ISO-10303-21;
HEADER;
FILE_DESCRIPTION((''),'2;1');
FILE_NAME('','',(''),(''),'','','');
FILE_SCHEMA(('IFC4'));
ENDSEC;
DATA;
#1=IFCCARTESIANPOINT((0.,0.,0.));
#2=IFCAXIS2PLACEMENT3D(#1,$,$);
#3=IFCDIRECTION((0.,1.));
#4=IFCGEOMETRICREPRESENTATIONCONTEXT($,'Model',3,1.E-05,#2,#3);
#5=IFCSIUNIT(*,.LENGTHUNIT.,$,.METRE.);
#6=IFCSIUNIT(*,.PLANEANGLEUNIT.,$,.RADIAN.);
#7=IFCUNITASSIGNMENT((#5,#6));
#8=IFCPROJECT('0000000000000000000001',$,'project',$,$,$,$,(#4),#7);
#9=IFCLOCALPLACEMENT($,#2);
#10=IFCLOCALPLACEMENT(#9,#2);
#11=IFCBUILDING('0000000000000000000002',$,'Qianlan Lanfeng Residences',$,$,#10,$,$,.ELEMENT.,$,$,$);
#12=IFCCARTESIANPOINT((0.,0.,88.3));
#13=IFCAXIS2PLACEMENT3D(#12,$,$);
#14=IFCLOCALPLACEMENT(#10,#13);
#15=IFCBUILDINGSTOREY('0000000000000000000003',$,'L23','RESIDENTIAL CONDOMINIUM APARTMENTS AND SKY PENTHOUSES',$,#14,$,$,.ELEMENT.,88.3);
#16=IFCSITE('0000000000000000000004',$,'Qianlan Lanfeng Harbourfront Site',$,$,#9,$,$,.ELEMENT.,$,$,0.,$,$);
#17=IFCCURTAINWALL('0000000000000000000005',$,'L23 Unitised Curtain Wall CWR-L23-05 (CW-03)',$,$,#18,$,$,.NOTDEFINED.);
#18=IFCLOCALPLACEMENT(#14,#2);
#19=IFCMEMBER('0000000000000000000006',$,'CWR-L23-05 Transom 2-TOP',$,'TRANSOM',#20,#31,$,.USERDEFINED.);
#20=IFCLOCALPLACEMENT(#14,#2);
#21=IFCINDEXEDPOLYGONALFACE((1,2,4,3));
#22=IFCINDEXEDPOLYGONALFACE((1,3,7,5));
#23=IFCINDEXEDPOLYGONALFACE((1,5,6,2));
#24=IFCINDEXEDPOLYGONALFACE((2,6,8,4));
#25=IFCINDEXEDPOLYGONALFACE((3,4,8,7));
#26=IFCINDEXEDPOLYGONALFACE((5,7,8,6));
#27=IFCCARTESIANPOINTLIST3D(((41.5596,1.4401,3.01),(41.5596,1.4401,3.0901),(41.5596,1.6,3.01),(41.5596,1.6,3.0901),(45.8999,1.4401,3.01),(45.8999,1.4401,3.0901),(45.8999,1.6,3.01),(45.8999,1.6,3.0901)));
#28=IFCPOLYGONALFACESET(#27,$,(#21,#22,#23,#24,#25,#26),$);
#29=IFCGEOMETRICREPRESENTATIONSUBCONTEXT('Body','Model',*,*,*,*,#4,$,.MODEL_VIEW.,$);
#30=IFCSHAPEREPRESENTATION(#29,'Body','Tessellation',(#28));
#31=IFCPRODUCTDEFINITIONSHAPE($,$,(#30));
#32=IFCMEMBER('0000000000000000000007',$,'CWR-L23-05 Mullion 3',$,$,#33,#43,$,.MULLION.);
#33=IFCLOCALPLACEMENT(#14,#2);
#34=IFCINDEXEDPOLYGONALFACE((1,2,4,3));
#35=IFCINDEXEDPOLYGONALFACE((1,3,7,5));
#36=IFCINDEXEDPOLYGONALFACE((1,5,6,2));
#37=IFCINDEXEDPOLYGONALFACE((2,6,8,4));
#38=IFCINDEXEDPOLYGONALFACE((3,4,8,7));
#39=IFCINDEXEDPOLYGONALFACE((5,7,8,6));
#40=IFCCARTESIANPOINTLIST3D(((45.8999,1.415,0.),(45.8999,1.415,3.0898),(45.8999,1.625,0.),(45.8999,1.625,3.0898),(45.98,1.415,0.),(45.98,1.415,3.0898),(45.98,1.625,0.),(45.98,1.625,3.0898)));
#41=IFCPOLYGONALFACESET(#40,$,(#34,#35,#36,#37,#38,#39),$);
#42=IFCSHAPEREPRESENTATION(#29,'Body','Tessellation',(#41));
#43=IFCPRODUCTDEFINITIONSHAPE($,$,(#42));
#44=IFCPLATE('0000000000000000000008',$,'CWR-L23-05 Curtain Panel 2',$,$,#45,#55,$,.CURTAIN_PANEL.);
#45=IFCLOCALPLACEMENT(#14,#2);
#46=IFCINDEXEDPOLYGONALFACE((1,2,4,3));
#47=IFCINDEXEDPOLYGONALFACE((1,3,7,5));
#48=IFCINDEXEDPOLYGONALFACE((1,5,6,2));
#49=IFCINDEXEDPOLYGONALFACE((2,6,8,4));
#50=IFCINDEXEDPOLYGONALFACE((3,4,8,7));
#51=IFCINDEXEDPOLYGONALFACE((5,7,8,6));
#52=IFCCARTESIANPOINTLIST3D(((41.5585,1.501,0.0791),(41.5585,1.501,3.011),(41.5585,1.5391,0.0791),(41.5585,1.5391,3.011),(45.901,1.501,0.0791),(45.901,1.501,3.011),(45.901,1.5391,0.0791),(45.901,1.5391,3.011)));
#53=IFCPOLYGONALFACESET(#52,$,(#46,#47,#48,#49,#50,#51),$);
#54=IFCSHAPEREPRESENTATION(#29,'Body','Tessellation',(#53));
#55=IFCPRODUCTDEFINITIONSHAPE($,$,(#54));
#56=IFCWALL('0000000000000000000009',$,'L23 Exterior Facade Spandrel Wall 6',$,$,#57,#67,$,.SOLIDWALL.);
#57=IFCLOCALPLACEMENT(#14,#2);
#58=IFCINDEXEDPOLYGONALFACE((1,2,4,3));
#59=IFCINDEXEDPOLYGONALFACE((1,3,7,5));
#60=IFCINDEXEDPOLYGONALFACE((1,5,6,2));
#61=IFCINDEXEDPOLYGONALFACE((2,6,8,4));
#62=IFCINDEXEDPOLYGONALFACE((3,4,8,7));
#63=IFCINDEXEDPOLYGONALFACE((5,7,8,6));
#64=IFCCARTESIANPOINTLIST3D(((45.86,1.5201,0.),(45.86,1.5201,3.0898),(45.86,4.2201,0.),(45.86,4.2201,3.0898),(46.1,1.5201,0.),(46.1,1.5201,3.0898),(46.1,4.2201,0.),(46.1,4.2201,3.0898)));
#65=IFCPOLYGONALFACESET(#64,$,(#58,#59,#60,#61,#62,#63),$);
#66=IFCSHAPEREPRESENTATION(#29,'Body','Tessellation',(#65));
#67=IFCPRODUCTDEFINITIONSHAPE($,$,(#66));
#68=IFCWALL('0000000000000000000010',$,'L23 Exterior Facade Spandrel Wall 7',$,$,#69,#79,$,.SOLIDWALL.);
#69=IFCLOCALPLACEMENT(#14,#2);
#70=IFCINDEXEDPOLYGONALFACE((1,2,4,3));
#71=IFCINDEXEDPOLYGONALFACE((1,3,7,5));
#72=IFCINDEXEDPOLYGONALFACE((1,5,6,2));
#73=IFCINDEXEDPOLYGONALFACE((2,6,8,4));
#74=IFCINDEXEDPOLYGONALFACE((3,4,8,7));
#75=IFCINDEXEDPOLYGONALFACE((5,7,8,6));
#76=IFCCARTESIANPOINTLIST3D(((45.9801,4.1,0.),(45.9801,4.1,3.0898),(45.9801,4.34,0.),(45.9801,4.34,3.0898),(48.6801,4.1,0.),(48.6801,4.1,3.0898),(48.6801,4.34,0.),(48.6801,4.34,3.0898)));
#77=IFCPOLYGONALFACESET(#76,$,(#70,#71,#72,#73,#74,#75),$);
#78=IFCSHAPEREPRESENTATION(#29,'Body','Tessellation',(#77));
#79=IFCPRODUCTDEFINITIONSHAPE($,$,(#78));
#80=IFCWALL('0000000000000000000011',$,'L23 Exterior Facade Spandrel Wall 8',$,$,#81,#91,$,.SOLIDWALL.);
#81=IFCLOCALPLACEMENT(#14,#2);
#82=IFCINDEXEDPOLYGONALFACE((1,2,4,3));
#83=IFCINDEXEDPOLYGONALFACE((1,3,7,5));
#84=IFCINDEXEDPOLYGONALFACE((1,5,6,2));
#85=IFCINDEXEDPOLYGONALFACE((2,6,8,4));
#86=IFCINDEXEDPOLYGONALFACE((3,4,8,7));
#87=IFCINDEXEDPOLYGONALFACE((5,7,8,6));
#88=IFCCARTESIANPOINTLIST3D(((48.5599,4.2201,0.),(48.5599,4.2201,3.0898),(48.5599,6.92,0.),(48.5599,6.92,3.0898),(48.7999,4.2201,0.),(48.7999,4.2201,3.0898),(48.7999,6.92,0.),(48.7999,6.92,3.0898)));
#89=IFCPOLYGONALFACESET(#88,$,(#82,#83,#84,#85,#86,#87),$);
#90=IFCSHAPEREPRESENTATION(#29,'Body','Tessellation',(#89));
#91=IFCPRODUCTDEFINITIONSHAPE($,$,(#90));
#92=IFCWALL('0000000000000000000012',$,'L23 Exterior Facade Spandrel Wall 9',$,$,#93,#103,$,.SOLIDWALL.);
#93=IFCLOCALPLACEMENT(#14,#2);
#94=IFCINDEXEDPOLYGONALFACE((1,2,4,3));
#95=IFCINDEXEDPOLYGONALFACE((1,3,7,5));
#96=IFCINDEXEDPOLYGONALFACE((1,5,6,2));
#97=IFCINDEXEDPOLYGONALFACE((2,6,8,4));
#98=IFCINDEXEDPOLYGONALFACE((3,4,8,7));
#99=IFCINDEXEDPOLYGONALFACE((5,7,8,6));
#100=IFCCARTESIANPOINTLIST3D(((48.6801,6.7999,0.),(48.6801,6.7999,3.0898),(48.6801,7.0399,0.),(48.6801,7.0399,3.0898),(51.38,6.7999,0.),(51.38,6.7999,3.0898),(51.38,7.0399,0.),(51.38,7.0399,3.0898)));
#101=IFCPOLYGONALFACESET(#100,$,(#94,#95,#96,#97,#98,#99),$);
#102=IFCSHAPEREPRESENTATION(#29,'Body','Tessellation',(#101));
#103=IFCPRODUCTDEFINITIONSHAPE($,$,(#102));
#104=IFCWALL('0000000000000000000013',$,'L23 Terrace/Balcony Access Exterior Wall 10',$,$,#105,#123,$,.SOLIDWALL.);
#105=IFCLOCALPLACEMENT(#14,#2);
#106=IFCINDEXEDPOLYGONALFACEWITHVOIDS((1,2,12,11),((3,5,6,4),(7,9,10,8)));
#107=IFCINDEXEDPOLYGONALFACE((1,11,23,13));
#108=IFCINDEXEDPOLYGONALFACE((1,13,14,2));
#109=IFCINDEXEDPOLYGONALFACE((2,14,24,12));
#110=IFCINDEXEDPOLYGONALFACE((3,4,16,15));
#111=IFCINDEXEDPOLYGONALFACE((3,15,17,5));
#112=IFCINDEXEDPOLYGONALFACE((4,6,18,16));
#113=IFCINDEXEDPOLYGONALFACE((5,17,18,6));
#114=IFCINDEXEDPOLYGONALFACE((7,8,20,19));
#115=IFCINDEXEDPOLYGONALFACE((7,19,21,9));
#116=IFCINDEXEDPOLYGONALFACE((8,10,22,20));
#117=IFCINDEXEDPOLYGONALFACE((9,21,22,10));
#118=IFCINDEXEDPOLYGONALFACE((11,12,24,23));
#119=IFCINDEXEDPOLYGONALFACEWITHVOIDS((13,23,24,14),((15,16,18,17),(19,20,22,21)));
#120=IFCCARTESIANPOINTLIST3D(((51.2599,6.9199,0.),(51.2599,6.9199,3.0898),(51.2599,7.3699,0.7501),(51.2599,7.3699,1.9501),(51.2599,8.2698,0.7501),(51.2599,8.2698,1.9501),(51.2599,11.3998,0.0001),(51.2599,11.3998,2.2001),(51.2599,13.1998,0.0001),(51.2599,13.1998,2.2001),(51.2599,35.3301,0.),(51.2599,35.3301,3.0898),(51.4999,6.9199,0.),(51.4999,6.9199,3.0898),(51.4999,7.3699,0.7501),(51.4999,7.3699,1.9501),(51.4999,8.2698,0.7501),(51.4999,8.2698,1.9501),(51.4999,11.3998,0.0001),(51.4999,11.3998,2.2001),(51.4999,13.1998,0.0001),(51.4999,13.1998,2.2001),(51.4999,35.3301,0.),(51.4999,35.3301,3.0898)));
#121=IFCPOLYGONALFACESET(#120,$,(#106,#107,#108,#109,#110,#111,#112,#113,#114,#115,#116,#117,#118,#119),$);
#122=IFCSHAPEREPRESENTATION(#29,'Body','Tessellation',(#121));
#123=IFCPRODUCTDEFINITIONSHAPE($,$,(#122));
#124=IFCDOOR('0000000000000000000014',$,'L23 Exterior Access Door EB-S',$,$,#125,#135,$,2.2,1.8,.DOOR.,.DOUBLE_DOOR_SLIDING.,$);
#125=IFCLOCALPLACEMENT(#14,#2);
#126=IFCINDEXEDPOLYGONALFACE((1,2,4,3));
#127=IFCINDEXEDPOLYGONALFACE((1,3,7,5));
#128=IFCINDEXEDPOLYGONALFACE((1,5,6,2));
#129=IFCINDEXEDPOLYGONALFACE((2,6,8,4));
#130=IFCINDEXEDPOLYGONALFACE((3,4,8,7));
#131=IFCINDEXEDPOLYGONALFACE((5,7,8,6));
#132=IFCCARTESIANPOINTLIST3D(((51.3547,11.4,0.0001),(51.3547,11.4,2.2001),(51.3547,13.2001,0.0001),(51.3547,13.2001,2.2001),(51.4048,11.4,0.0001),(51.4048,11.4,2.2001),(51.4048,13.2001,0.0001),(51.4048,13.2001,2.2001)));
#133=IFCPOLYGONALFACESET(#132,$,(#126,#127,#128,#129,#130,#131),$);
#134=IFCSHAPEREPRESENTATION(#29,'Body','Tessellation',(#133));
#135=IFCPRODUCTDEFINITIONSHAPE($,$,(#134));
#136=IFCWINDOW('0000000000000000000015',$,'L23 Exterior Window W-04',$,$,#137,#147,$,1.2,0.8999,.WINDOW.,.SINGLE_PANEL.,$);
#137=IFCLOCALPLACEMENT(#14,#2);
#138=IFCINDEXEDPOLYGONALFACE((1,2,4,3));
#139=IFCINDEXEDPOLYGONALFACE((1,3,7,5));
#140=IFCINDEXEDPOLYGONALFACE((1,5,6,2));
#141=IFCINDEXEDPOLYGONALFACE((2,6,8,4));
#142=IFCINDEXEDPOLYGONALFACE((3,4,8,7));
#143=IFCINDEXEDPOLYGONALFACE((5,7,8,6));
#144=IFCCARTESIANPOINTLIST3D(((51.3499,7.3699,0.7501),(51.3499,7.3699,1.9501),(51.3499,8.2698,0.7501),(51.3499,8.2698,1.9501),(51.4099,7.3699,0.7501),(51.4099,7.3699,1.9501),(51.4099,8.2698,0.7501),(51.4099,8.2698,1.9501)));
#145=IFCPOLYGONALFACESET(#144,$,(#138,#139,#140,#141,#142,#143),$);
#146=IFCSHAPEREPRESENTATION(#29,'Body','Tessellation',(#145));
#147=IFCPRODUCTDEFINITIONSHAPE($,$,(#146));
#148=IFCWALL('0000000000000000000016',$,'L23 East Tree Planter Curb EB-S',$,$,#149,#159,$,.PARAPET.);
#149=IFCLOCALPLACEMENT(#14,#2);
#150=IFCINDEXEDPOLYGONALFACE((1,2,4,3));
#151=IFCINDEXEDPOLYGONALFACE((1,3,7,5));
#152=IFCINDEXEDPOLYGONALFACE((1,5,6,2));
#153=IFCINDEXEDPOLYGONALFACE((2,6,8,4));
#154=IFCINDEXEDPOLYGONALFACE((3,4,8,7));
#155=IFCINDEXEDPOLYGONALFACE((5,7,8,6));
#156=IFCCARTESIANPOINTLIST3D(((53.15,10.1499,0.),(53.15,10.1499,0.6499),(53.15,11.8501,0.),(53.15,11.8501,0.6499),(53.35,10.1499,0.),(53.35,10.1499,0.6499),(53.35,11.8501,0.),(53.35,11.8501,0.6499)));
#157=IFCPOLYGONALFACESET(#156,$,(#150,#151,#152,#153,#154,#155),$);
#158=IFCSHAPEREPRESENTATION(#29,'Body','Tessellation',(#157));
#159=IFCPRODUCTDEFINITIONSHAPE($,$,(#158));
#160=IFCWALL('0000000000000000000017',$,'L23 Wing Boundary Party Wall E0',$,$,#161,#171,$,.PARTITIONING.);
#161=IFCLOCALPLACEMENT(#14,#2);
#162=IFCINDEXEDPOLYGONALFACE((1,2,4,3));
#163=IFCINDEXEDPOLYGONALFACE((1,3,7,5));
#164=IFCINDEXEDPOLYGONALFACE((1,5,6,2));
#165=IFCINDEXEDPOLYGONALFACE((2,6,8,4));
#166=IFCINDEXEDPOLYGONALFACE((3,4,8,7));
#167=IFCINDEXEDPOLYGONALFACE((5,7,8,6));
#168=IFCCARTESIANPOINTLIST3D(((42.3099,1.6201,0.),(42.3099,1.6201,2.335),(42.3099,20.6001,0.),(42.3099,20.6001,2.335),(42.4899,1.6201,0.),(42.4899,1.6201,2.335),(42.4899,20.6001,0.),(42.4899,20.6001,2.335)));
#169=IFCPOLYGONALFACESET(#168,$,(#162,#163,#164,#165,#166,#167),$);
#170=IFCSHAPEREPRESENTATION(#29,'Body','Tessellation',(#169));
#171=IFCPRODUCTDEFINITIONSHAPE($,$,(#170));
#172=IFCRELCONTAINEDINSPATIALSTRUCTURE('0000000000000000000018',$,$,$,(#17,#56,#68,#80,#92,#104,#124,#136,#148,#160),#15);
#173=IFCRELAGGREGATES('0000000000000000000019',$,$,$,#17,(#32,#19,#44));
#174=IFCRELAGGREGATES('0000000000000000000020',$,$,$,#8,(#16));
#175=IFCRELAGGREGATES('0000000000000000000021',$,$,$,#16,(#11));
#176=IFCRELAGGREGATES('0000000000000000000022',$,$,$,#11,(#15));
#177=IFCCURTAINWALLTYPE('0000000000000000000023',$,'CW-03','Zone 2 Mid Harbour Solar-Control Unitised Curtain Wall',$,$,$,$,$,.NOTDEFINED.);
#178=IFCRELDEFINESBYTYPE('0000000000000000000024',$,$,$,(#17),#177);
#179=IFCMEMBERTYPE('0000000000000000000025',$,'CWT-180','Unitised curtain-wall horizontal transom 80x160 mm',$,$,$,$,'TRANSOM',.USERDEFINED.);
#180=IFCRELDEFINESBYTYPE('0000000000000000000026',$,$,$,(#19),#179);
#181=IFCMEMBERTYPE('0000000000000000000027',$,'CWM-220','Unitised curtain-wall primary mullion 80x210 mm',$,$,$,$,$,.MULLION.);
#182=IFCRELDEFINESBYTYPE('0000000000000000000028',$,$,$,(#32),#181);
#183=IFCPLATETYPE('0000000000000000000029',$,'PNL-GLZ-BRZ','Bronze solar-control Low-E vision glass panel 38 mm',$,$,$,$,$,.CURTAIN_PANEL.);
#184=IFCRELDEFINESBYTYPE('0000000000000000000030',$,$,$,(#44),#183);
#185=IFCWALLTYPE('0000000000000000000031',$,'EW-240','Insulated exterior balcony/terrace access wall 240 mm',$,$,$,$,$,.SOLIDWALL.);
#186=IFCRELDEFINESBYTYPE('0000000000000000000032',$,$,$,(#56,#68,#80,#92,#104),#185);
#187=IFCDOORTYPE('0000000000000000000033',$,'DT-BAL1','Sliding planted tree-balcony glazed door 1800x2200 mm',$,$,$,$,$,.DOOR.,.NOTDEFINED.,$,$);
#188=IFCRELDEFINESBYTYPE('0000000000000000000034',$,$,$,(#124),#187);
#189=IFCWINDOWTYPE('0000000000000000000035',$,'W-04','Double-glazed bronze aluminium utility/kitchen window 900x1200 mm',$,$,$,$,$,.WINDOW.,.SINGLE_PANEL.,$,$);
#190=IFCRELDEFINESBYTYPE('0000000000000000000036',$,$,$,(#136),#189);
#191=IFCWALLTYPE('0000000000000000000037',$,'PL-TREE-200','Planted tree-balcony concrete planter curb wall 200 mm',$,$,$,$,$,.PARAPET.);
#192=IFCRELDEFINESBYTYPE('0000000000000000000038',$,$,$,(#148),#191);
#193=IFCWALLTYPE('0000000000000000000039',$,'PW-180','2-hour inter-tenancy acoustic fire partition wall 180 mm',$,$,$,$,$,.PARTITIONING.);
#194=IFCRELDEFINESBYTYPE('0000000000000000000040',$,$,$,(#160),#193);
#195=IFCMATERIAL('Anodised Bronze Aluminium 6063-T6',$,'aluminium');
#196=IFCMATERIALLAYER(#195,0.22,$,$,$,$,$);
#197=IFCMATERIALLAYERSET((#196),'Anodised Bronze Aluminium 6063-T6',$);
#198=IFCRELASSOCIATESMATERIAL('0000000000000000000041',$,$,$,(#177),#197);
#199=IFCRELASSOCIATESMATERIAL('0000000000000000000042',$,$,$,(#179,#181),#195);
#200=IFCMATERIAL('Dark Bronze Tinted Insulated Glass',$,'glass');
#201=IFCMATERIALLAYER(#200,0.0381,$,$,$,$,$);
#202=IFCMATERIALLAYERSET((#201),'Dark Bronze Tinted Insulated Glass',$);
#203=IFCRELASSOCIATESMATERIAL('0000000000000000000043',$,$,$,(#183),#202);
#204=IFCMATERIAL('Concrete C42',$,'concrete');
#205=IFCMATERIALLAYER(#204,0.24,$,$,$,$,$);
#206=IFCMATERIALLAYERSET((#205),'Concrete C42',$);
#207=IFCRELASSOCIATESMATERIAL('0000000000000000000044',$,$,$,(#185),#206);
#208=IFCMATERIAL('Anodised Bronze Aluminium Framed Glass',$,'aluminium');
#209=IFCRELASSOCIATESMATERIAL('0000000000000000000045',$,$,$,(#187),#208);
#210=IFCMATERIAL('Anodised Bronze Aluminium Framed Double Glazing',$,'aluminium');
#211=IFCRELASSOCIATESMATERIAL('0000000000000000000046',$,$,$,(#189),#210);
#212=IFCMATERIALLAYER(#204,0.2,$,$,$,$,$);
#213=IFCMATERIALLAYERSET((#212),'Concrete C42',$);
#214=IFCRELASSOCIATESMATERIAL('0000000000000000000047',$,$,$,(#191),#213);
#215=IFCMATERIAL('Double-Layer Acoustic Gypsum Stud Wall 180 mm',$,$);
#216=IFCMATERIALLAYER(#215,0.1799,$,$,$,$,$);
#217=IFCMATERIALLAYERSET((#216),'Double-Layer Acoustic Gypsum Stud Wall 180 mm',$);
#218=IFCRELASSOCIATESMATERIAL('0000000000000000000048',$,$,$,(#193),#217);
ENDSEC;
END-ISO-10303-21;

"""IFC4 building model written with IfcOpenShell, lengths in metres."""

from ifc_helpers import new_model, si_unit, direction, frame, frame_2d, origin, origin_2d, place, context, subcontext, project, spatial, rectangle, extrude, source, transform, mapped, material, layer, layer_set, material_profile, profile_set, type_object, element, fill, aggregate, save


model = new_model("IFC4")

# Units and contexts
model_context = context("Model", 3, precision=1e-05, world=origin(), true_north=direction((0.0, 1.0)))
body_context = subcontext(model_context, "Body", "Model", "MODEL_VIEW")
ifc_project = project(units=[si_unit("LENGTHUNIT", "METRE"), si_unit("PLANEANGLEUNIT", "RADIAN")], contexts=[model_context])

# Site, building, storey
site_placement = place(None, origin())
site = spatial("IfcSite", under=ifc_project, at=site_placement, Name="Qianlan Lanfeng Harbourfront Site", CompositionType="ELEMENT", RefElevation=0.0)
building_placement = place(site_placement, origin())
building = spatial("IfcBuilding", under=site, at=building_placement, Name="Qianlan Lanfeng Residences", CompositionType="ELEMENT")
storey_placement = place(building_placement, frame((0.0, 0.0, 88.3)))
storey = spatial("IfcBuildingStorey", under=building, at=storey_placement, Name="L23", Description="RESIDENTIAL CONDOMINIUM APARTMENTS AND SKY PENTHOUSES", CompositionType="ELEMENT", Elevation=88.3)

# Curtain wall, members, plate
ifc_material_1 = material(Name="Anodised Bronze Aluminium 6063-T6", Category="aluminium")
ifc_layer_1 = layer(ifc_material_1, 0.22)
ifc_layer_set_1 = layer_set([ifc_layer_1], Name="Anodised Bronze Aluminium 6063-T6")
curtain_wall_type = type_object("IfcCurtainWallType", Name="CW-03", Description="Zone 2 Mid Harbour Solar-Control Unitised Curtain Wall", PredefinedType="NOTDEFINED", material=ifc_layer_set_1)
curtain_wall_placement = place(storey_placement, origin())
curtain_wall = element("IfcCurtainWall", 1, at=curtain_wall_placement, inside=storey, type_object=curtain_wall_type, Name="L23 Unitised Curtain Wall CWR-L23-05 (CW-03)", PredefinedType="NOTDEFINED")
ifc_material_profile_1 = material_profile(ifc_material_1, rectangle(XDim=0.0801, YDim=0.1599, at=origin_2d()), Name="ALU TRANSOM 80x160")
ifc_profile_set_1 = profile_set([ifc_material_profile_1], Name="Anodised Bronze Aluminium 6063-T6")
member_type_1 = type_object("IfcMemberType", Name="CWT-180", Description="Unitised curtain-wall horizontal transom 80x160 mm", ElementType="TRANSOM", PredefinedType="USERDEFINED", material=ifc_profile_set_1)
shared_shape_1 = source(origin(), body_context, "Body", "SweptSolid", [
    extrude(rectangle(XDim=0.0801, YDim=0.1599, at=origin_2d()), origin(), (0.0, 0.0, 1.0), 4.3403),
])
member_1_placement = place(storey_placement, frame((41.5596, 1.52, 3.05), z_axis=(1.0, 0.0, 0.0), x_axis=(0.0, 0.0, 1.0)))
member_1 = element("IfcMember", 2, at=member_1_placement, type_object=member_type_1, Name="CWR-L23-05 Transom 2-TOP", ObjectType="TRANSOM", PredefinedType="USERDEFINED", context=body_context, shape_type="MappedRepresentation", body=[
    mapped(shared_shape_1, transform((0.0, 0.0, 0.0), scale=1.0)),
])
ifc_material_profile_2 = material_profile(ifc_material_1, rectangle(XDim=0.0801, YDim=0.21, at=origin_2d()), Name="ALU MULLION 80x210")
ifc_profile_set_2 = profile_set([ifc_material_profile_2], Name="Anodised Bronze Aluminium 6063-T6")
member_type_2 = type_object("IfcMemberType", Name="CWM-220", Description="Unitised curtain-wall primary mullion 80x210 mm", PredefinedType="MULLION", material=ifc_profile_set_2)
shared_shape_2 = source(origin(), body_context, "Body", "SweptSolid", [
    extrude(rectangle(XDim=0.0801, YDim=0.21, at=origin_2d()), origin(), (0.0, 0.0, 1.0), 3.0898),
])
member_2_placement = place(storey_placement, frame((45.9399, 1.52, 0.0), z_axis=(0.0, 0.0, 1.0), x_axis=(1.0, 0.0, 0.0)))
member_2 = element("IfcMember", 3, at=member_2_placement, type_object=member_type_2, Name="CWR-L23-05 Mullion 3", PredefinedType="MULLION", context=body_context, shape_type="MappedRepresentation", body=[
    mapped(shared_shape_2, transform((0.0, 0.0, 0.0), scale=1.0)),
])
ifc_material_2 = material(Name="Dark Bronze Tinted Insulated Glass", Category="glass")
ifc_layer_2 = layer(ifc_material_2, 0.0381)
ifc_layer_set_2 = layer_set([ifc_layer_2], Name="Dark Bronze Tinted Insulated Glass")
plate_type = type_object("IfcPlateType", Name="PNL-GLZ-BRZ", Description="Bronze solar-control Low-E vision glass panel 38 mm", PredefinedType="CURTAIN_PANEL", material=ifc_layer_set_2)
shared_shape_3 = source(origin(), body_context, "Body", "SweptSolid", [
    extrude(rectangle(XDim=4.3425, YDim=0.0381, at=origin_2d()), origin(), (0.0, 0.0, 1.0), 2.9319),
])
plate_placement = place(storey_placement, frame((43.7297, 1.52, 0.0791), z_axis=(0.0, 0.0, 1.0), x_axis=(1.0, 0.0, 0.0)))
plate = element("IfcPlate", 4, at=plate_placement, type_object=plate_type, Name="CWR-L23-05 Curtain Panel 2", PredefinedType="CURTAIN_PANEL", context=body_context, shape_type="MappedRepresentation", body=[
    mapped(shared_shape_3, transform((0.0, 0.0, 0.0), scale=1.0)),
])
aggregate(curtain_wall, [member_2, member_1, plate])

# Walls
ifc_material_3 = material(Name="Concrete C42", Category="concrete")
ifc_layer_3 = layer(ifc_material_3, 0.24)
ifc_layer_set_3 = layer_set([ifc_layer_3], Name="Concrete C42")
wall_type_1 = type_object("IfcWallType", Name="EW-240", Description="Insulated exterior balcony/terrace access wall 240 mm", PredefinedType="SOLIDWALL", material=ifc_layer_set_3)
for number, where, z_axis, x_axis, name in (
    (5, (45.98, 1.52, 0.0), (0.0, 0.0, 1.0), (0.0, 1.0, 0.0), "L23 Exterior Facade Spandrel Wall 6"),
    (6, (45.98, 4.22, 0.0), (0.0, 0.0, 1.0), (1.0, 0.0, 0.0), "L23 Exterior Facade Spandrel Wall 7"),
    (7, (48.6799, 4.22, 0.0), (0.0, 0.0, 1.0), (0.0, 1.0, 0.0), "L23 Exterior Facade Spandrel Wall 8"),
    (8, (48.6799, 6.9199, 0.0), (0.0, 0.0, 1.0), (1.0, 0.0, 0.0), "L23 Exterior Facade Spandrel Wall 9"),
):
    element("IfcWall", number, at=place(storey_placement, frame(where, z_axis=z_axis, x_axis=x_axis)), inside=storey, type_object=wall_type_1, Name=name, PredefinedType="SOLIDWALL", context=body_context, shape_type="SweptSolid", body=[
        extrude(rectangle(XDim=2.7, YDim=0.24, at=frame_2d((1.3501, 0.0))), origin(), (0.0, 0.0, 1.0), 3.0898),
    ])

# Wall, openings, door, window
wall_1_placement = place(storey_placement, frame((51.3799, 6.9199, 0.0), z_axis=(0.0, 0.0, 1.0), x_axis=(0.0, 1.0, 0.0)))
wall_1 = element("IfcWall", 9, at=wall_1_placement, inside=storey, type_object=wall_type_1, Name="L23 Terrace/Balcony Access Exterior Wall 10", PredefinedType="SOLIDWALL", context=body_context, shape_type="SweptSolid", body=[
    extrude(rectangle(XDim=28.4102, YDim=0.24, at=frame_2d((14.2051, 0.0))), origin(), (0.0, 0.0, 1.0), 3.0898),
])
opening_1_placement = place(wall_1_placement, frame((4.48, 0.0, 0.0)))
opening_1 = element("IfcOpeningElement", 10, at=opening_1_placement, cuts=wall_1, PredefinedType="OPENING", context=body_context, shape_type="SweptSolid", body=[
    extrude(rectangle(XDim=1.8, YDim=2.2, at=frame_2d((0.8999, 1.1001))), frame((0.0, 0.1299, 0.0), z_axis=(0.0, -1.0, 0.0), x_axis=(1.0, 0.0, 0.0)), (0.0, 0.0, 1.0), 0.26),
])
opening_2_placement = place(wall_1_placement, frame((0.45, 0.0, 0.75)))
opening_2 = element("IfcOpeningElement", 11, at=opening_2_placement, cuts=wall_1, PredefinedType="OPENING", context=body_context, shape_type="SweptSolid", body=[
    extrude(rectangle(XDim=0.8999, YDim=1.2, at=frame_2d((0.45, 0.6001))), frame((0.0, 0.1299, 0.0), z_axis=(0.0, -1.0, 0.0), x_axis=(1.0, 0.0, 0.0)), (0.0, 0.0, 1.0), 0.26),
])
ifc_material_4 = material(Name="Anodised Bronze Aluminium Framed Glass", Category="aluminium")
door_type = type_object("IfcDoorType", Name="DT-BAL1", Description="Sliding planted tree-balcony glazed door 1800x2200 mm", OperationType="NOTDEFINED", PredefinedType="DOOR", material=ifc_material_4)
door_placement = place(opening_1_placement, frame((1.8, 0.0, 0.0), z_axis=(0.0, 0.0, 1.0), x_axis=(-1.0, 0.0, 0.0)))
door = element("IfcDoor", 12, at=door_placement, inside=storey, type_object=door_type, Name="L23 Exterior Access Door EB-S", OperationType="DOUBLE_DOOR_SLIDING", OverallHeight=2.2, OverallWidth=1.8, PredefinedType="DOOR", context=body_context, shape_type="SweptSolid", body=[
    extrude(rectangle(XDim=1.8, YDim=2.2, at=frame_2d((0.8999, 1.1001))), frame((0.0, 0.0249, 0.0), z_axis=(0.0, -1.0, 0.0), x_axis=(1.0, 0.0, 0.0)), (0.0, 0.0, 1.0), 0.05),
])
fill(opening_1, door)
ifc_material_5 = material(Name="Anodised Bronze Aluminium Framed Double Glazing", Category="aluminium")
window_type = type_object("IfcWindowType", Name="W-04", Description="Double-glazed bronze aluminium utility/kitchen window 900x1200 mm", PartitioningType="SINGLE_PANEL", PredefinedType="WINDOW", material=ifc_material_5)
window_placement = place(opening_2_placement, origin())
window = element("IfcWindow", 13, at=window_placement, inside=storey, type_object=window_type, Name="L23 Exterior Window W-04", OverallHeight=1.2, OverallWidth=0.8999, PartitioningType="SINGLE_PANEL", PredefinedType="WINDOW", context=body_context, shape_type="SweptSolid", body=[
    extrude(rectangle(XDim=0.8999, YDim=1.2, at=frame_2d((0.45, 0.6001))), frame((0.0, 0.03, 0.0), z_axis=(0.0, -1.0, 0.0), x_axis=(1.0, 0.0, 0.0)), (0.0, 0.0, 1.0), 0.0601),
])
fill(opening_2, window)

# Walls
ifc_layer_4 = layer(ifc_material_3, 0.2)
ifc_layer_set_4 = layer_set([ifc_layer_4], Name="Concrete C42")
wall_type_2 = type_object("IfcWallType", Name="PL-TREE-200", Description="Planted tree-balcony concrete planter curb wall 200 mm", PredefinedType="PARAPET", material=ifc_layer_set_4)
wall_2_placement = place(storey_placement, frame((53.25, 10.1499, 0.0), z_axis=(0.0, 0.0, 1.0), x_axis=(0.0, 1.0, 0.0)))
element("IfcWall", 14, at=wall_2_placement, inside=storey, type_object=wall_type_2, Name="L23 East Tree Planter Curb EB-S", PredefinedType="PARAPET", context=body_context, shape_type="SweptSolid", body=[
    extrude(rectangle(XDim=1.7002, YDim=0.2, at=frame_2d((0.8501, 0.0))), origin(), (0.0, 0.0, 1.0), 0.6499),
])
ifc_material_6 = material(Name="Double-Layer Acoustic Gypsum Stud Wall 180 mm")
ifc_layer_5 = layer(ifc_material_6, 0.1799)
ifc_layer_set_5 = layer_set([ifc_layer_5], Name="Double-Layer Acoustic Gypsum Stud Wall 180 mm")
wall_type_3 = type_object("IfcWallType", Name="PW-180", Description="2-hour inter-tenancy acoustic fire partition wall 180 mm", PredefinedType="PARTITIONING", material=ifc_layer_set_5)
wall_3_placement = place(storey_placement, frame((42.3999, 1.6201, 0.0), z_axis=(0.0, 0.0, 1.0), x_axis=(0.0, 1.0, 0.0)))
element("IfcWall", 15, at=wall_3_placement, inside=storey, type_object=wall_type_3, Name="L23 Wing Boundary Party Wall E0", PredefinedType="PARTITIONING", context=body_context, shape_type="SweptSolid", body=[
    extrude(rectangle(XDim=18.98, YDim=0.1799, at=frame_2d((9.49, 0.0))), origin(), (0.0, 0.0, 1.0), 2.335),
])

save(model, "model.ifc")
